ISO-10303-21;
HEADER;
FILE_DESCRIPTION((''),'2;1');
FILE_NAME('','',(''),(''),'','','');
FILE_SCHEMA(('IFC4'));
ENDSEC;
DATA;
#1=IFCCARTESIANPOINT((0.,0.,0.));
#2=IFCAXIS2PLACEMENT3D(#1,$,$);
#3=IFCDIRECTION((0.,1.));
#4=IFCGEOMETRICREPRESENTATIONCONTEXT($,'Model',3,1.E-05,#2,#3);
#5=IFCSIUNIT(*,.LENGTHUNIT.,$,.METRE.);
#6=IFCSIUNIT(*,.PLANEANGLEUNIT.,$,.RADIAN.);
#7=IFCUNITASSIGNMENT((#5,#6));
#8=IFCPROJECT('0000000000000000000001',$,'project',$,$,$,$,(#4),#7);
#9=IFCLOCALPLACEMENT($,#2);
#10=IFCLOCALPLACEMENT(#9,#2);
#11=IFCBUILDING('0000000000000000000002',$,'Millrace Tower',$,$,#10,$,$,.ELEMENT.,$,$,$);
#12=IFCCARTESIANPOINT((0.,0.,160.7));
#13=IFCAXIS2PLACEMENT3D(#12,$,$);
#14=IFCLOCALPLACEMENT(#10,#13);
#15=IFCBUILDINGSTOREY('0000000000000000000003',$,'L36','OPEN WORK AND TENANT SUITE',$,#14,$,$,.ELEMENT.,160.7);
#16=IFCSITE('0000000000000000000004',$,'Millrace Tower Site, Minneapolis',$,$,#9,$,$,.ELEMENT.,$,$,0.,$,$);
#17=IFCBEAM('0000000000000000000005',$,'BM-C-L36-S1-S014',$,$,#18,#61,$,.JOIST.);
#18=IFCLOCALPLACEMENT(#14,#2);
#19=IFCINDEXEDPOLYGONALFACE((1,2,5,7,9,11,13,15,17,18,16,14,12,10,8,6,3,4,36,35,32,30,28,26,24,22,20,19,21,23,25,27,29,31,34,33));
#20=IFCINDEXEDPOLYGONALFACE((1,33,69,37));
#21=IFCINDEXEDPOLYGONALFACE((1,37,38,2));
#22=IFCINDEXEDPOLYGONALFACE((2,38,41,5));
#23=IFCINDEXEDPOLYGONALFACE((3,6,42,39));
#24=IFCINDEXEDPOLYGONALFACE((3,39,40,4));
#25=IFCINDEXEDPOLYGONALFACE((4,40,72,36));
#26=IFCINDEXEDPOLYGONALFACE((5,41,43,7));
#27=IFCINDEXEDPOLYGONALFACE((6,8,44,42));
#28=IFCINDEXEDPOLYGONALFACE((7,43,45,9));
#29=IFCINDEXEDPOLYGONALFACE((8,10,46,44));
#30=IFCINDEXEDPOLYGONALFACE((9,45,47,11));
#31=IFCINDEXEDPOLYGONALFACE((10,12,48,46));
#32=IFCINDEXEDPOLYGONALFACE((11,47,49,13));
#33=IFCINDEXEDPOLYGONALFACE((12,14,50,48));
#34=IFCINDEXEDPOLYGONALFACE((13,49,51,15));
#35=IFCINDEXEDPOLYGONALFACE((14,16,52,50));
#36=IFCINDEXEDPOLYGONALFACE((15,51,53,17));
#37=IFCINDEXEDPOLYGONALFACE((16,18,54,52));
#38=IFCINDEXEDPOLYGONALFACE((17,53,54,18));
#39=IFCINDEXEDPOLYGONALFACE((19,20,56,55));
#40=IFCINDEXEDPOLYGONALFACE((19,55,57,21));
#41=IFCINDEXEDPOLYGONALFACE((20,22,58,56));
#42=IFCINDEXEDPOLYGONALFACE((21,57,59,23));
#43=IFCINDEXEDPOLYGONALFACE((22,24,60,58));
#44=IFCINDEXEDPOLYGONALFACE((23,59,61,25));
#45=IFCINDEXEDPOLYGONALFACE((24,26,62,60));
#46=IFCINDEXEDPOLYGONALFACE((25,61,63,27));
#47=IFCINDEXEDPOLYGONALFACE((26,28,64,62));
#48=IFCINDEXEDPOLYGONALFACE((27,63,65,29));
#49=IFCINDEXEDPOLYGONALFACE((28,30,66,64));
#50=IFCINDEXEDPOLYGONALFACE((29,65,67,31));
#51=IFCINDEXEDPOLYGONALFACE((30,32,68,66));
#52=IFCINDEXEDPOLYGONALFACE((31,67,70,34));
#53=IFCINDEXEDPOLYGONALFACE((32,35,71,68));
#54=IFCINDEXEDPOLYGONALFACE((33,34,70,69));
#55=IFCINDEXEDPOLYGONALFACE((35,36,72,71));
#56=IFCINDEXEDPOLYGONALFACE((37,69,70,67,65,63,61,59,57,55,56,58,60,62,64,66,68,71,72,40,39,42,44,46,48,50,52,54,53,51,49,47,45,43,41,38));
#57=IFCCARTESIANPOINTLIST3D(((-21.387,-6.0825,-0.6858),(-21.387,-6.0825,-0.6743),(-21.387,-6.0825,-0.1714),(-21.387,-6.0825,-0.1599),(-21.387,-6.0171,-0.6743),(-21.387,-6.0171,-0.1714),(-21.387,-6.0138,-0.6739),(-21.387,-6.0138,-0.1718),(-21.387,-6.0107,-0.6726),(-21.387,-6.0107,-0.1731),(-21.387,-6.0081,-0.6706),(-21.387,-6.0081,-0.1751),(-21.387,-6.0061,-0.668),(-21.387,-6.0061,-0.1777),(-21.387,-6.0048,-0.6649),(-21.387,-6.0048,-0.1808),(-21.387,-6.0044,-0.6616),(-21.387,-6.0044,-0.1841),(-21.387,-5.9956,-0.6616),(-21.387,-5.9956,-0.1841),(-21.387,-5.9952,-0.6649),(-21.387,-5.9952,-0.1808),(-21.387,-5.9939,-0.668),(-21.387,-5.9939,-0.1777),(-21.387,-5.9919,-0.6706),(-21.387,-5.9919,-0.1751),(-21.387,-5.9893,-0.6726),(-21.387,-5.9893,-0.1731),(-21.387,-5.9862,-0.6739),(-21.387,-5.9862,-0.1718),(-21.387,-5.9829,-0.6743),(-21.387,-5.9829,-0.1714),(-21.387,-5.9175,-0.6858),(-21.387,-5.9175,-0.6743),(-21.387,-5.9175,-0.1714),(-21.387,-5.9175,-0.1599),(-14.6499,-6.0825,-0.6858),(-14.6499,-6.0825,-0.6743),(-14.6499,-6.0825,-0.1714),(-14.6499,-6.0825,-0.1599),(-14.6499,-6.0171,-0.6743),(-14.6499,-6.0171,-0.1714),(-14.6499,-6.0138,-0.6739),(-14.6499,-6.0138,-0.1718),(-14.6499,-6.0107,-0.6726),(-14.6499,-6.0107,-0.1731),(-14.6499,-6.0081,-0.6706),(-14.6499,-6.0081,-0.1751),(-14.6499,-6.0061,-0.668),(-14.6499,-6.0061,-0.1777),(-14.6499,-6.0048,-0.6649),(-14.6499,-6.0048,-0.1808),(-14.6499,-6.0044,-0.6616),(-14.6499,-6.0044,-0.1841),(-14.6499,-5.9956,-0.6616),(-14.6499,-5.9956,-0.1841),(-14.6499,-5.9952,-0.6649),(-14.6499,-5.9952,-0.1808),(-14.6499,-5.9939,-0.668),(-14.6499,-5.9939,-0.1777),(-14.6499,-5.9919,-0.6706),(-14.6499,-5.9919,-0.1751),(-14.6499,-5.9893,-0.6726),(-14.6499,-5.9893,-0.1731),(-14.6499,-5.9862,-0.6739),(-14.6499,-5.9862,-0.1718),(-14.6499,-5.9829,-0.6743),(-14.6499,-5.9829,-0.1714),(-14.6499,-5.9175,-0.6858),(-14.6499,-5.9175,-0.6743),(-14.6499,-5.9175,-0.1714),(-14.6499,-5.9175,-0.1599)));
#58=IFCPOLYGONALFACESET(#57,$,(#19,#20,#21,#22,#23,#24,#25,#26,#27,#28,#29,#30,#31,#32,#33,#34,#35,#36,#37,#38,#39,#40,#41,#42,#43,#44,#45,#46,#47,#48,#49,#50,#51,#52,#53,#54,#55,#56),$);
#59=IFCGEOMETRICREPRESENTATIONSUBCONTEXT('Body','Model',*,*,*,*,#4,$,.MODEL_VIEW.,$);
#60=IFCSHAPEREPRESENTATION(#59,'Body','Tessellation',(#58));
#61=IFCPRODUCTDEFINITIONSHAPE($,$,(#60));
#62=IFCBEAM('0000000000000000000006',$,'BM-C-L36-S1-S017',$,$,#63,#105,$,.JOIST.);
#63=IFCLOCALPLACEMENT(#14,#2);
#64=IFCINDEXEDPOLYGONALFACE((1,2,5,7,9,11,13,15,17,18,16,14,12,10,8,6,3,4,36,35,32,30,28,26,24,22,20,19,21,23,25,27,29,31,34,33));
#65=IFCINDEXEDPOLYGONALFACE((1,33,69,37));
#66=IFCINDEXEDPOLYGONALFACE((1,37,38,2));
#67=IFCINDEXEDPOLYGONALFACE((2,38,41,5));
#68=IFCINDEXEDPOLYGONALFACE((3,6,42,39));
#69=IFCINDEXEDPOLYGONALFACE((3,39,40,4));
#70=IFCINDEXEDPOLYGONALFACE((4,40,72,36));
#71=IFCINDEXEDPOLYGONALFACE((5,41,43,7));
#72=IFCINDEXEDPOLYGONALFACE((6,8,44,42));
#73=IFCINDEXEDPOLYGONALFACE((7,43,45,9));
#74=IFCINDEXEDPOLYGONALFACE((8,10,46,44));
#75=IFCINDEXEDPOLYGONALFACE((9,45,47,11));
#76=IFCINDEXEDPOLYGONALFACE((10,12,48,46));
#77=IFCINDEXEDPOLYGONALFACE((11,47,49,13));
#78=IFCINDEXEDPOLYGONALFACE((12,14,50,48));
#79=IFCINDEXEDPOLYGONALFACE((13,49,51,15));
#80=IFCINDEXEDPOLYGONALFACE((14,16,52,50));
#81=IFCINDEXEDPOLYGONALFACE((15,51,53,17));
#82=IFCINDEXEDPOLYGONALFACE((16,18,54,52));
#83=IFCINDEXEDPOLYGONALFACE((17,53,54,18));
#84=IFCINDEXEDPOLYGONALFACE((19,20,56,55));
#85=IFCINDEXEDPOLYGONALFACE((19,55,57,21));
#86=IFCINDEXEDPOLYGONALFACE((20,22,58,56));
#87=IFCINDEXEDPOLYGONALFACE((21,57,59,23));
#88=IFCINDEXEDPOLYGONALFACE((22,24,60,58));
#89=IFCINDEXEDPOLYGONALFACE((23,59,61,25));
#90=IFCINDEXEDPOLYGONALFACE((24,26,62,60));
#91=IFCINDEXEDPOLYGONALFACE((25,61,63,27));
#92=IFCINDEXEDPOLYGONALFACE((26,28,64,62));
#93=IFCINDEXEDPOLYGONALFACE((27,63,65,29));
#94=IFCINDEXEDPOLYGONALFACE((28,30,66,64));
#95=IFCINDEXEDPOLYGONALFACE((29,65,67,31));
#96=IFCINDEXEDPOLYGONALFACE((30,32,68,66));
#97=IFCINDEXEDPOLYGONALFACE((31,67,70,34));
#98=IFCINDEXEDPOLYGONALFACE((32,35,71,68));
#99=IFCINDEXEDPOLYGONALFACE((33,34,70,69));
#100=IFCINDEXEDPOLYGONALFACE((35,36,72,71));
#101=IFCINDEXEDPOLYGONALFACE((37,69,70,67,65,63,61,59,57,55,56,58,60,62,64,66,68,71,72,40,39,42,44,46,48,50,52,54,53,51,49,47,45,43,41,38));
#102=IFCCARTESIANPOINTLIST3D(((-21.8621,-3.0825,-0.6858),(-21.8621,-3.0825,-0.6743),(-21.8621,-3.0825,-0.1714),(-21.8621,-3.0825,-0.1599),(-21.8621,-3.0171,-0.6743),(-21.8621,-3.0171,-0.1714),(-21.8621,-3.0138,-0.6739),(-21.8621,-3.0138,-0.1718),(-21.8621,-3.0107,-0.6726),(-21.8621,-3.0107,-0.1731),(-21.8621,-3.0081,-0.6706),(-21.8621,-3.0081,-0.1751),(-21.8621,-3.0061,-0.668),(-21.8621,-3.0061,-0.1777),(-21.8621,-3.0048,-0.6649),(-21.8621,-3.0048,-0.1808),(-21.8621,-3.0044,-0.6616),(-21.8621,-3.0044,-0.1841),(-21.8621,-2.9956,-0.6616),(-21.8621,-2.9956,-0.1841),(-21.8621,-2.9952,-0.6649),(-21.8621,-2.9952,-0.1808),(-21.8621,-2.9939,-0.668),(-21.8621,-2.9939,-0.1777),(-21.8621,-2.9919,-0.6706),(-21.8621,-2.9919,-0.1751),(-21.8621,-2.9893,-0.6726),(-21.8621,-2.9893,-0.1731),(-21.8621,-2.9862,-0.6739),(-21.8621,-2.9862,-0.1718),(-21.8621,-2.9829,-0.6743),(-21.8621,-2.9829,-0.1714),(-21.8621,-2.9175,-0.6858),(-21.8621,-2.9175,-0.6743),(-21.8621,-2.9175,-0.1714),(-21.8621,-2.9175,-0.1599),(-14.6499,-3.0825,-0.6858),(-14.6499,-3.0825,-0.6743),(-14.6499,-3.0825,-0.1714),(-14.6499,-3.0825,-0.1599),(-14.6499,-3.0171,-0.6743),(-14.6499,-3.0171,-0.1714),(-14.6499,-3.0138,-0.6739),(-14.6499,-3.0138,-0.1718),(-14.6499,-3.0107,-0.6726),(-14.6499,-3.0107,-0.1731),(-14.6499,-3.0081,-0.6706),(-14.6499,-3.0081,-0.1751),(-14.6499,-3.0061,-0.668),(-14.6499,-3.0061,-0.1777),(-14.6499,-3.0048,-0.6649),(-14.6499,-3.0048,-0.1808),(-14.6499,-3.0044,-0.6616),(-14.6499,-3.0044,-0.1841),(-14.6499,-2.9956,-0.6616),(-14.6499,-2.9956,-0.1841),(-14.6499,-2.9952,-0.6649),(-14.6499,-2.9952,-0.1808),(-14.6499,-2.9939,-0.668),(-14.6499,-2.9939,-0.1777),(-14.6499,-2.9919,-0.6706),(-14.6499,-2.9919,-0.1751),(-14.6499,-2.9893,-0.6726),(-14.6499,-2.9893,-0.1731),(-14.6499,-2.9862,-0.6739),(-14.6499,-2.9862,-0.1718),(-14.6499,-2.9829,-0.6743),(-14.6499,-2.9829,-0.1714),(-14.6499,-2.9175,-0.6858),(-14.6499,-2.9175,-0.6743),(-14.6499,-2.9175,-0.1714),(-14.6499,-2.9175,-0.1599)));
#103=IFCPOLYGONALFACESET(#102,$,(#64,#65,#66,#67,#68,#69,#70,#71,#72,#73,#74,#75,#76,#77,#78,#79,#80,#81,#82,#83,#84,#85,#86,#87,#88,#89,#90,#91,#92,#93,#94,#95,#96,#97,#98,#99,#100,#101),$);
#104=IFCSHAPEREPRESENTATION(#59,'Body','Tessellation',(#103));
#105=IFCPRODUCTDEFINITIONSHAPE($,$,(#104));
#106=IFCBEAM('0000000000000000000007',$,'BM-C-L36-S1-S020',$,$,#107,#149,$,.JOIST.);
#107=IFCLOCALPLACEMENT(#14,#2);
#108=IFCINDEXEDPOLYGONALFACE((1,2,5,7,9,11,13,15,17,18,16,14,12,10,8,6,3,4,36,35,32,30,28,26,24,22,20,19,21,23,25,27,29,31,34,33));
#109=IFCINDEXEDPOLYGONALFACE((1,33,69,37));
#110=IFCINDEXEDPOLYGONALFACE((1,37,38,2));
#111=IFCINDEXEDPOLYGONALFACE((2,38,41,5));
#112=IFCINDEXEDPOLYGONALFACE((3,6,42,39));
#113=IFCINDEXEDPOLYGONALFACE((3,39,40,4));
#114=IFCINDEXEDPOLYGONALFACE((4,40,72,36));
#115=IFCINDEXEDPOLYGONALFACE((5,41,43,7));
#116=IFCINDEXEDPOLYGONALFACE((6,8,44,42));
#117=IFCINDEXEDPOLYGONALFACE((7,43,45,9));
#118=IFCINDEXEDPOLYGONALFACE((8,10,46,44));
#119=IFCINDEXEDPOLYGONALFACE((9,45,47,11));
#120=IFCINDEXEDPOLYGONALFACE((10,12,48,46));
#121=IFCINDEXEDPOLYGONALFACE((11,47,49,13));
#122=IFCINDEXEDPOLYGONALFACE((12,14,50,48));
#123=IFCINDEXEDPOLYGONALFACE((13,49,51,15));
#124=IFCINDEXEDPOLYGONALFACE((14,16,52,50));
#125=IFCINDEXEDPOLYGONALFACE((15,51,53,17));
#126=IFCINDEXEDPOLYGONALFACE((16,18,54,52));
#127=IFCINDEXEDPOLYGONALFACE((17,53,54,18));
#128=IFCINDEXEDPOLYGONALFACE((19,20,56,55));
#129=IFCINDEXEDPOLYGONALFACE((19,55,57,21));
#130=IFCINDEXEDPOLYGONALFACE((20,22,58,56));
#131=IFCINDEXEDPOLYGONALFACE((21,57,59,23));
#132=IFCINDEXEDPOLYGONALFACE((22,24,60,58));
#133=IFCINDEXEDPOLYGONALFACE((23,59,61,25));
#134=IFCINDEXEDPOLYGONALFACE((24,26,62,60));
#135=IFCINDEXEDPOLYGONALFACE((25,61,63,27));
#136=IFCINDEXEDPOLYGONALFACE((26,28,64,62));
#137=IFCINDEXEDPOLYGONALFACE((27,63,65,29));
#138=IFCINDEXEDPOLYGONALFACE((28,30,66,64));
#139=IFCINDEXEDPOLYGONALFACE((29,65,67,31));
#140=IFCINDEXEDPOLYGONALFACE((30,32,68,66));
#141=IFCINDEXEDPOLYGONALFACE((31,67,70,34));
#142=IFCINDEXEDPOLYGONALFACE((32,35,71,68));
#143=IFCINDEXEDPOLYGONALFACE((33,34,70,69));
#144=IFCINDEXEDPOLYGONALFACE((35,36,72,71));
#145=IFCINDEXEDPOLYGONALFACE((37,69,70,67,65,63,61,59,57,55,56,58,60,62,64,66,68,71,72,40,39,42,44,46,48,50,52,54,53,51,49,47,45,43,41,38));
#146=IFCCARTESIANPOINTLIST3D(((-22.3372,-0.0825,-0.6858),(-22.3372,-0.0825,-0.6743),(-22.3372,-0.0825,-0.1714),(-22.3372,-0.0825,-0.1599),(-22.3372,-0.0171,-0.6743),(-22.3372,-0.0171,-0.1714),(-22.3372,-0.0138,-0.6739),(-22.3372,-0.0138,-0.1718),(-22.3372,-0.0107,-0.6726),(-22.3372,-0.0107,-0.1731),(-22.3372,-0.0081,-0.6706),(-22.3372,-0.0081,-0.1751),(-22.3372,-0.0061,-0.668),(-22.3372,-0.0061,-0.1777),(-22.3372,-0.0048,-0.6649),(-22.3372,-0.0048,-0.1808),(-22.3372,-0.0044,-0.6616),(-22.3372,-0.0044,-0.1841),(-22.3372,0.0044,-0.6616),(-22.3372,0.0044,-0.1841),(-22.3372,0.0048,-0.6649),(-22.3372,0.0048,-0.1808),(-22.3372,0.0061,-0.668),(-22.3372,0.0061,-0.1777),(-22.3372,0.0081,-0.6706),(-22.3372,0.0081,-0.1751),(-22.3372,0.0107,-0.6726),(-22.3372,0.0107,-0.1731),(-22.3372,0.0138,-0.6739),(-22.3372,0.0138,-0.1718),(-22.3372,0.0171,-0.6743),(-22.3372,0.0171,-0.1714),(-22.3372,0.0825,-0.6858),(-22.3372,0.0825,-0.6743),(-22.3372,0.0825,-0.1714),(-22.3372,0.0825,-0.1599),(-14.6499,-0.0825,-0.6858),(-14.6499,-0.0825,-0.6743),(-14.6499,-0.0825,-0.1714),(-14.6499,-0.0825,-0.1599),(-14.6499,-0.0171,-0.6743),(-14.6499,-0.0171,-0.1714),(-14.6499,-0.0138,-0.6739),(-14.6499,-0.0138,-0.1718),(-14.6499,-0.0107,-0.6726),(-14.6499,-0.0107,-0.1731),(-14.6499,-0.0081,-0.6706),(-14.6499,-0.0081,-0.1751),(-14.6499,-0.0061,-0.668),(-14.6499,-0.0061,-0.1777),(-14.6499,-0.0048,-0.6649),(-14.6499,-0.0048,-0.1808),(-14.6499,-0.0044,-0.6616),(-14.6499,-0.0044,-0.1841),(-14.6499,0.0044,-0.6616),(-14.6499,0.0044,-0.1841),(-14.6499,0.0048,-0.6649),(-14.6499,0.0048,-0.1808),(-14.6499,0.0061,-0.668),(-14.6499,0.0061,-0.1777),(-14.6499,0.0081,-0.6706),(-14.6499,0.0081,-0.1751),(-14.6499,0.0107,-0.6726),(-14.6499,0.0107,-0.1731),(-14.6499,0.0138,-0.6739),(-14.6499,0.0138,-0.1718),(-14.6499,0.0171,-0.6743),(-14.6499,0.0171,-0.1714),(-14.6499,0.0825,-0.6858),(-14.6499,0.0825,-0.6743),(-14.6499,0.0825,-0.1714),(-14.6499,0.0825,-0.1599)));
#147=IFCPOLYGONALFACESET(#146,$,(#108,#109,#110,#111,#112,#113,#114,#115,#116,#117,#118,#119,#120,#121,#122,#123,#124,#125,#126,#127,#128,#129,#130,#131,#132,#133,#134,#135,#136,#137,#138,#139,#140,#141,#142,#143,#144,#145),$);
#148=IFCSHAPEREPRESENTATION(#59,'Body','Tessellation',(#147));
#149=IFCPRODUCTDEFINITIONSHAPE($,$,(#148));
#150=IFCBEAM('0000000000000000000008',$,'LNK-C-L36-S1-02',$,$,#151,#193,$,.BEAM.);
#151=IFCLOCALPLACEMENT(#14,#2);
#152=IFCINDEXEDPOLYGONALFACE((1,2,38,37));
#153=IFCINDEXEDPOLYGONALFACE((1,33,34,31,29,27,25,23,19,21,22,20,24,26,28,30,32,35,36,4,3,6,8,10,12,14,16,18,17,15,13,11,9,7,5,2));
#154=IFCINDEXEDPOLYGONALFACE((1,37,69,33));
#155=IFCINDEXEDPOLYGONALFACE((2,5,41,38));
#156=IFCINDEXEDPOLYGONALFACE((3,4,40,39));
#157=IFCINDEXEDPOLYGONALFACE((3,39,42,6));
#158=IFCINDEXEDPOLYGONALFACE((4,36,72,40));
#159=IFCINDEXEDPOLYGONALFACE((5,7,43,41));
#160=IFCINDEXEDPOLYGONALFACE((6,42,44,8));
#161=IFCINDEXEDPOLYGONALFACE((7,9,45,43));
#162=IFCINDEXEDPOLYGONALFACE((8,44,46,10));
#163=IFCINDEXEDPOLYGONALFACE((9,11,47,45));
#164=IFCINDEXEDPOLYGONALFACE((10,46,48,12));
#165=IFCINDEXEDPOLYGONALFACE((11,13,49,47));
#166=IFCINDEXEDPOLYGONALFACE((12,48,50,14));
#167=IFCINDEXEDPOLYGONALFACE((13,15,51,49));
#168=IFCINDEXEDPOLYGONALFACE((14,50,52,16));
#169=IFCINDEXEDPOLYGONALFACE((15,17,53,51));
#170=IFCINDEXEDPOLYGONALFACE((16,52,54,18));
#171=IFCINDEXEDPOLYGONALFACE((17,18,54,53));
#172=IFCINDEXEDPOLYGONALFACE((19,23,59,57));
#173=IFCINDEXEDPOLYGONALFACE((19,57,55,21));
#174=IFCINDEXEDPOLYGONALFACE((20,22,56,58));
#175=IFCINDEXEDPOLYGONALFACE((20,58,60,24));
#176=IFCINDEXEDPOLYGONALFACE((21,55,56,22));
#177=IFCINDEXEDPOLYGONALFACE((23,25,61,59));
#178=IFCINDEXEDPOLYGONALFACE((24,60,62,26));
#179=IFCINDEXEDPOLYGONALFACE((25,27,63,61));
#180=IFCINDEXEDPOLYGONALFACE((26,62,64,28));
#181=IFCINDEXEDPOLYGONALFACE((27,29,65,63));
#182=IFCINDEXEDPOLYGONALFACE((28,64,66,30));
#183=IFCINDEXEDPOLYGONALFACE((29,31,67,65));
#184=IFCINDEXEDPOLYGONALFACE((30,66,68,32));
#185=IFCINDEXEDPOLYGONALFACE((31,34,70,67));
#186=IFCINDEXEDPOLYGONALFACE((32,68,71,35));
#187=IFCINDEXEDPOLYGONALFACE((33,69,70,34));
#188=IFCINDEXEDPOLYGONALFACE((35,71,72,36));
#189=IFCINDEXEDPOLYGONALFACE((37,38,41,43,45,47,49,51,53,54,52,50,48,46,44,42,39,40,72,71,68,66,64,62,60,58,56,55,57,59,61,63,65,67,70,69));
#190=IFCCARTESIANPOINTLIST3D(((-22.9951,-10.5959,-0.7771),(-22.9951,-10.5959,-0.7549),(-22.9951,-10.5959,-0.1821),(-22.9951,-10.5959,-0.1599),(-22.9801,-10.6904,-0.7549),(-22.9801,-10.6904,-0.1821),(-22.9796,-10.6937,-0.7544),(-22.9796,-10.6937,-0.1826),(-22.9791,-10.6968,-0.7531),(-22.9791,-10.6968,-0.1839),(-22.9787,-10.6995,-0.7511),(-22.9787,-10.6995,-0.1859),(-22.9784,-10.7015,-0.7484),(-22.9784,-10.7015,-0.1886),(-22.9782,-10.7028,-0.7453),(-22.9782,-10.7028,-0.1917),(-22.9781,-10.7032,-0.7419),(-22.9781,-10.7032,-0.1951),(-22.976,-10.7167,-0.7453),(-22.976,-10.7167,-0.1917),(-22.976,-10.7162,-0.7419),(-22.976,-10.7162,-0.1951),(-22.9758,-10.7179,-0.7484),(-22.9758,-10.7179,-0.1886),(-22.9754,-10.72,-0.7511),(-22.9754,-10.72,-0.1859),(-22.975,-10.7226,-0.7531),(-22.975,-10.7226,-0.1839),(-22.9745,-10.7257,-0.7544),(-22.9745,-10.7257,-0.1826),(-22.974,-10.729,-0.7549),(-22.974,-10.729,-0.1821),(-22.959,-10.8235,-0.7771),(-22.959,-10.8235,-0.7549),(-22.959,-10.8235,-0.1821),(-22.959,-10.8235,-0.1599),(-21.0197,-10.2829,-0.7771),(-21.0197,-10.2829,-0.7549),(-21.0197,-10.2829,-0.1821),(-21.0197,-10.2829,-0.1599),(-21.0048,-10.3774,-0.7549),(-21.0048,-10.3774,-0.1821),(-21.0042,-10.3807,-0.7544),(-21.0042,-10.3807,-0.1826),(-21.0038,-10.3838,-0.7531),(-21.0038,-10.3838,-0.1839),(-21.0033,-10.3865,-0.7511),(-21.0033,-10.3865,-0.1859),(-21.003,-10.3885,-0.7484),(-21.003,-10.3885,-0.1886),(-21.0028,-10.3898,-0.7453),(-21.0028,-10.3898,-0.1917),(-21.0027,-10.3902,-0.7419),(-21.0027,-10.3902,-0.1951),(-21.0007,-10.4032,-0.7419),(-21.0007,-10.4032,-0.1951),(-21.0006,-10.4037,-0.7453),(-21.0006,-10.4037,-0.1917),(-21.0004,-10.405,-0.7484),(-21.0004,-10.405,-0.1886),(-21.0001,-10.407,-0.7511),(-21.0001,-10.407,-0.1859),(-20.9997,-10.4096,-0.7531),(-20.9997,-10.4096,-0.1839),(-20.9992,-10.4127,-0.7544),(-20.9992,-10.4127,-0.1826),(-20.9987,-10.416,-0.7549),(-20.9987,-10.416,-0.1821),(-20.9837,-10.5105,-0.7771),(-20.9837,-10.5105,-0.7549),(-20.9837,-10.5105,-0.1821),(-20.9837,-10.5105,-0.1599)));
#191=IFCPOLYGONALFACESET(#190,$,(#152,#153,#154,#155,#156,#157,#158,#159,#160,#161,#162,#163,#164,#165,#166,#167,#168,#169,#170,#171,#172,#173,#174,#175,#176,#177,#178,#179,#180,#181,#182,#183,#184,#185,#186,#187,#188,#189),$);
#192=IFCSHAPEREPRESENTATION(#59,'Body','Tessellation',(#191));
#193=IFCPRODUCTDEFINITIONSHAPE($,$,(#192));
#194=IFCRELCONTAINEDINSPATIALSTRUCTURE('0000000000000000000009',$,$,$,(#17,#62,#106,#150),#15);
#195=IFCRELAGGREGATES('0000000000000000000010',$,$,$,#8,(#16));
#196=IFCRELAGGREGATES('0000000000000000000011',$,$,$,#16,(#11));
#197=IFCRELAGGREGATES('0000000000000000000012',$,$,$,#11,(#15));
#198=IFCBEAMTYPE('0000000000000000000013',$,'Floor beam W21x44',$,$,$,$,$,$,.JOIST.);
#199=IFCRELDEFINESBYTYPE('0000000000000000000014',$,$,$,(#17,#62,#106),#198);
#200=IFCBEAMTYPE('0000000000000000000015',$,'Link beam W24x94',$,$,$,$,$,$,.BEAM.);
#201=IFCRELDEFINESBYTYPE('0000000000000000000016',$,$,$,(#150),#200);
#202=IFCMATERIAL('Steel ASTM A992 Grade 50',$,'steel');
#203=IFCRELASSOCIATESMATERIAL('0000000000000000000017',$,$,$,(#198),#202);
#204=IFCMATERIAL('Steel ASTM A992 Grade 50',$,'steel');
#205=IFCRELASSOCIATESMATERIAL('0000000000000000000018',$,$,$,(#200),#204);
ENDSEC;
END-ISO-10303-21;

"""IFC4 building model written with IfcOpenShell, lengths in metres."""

from ifc_helpers import new_model, si_unit, direction, frame, origin, origin_2d, place, context, subcontext, project, spatial, i_section, extrude, material, material_profile, profile_set, type_object, element, save


model = new_model("IFC4")

# Units and contexts
model_context = context("Model", 3, precision=1e-05, world=origin(), true_north=direction((0.0, 1.0)))
body_context = subcontext(model_context, "Body", "Model", "MODEL_VIEW")
ifc_project = project(units=[si_unit("LENGTHUNIT", "METRE"), si_unit("PLANEANGLEUNIT", "RADIAN")], contexts=[model_context])

# Site, building, storey
site_placement = place(None, origin())
site = spatial("IfcSite", under=ifc_project, at=site_placement, Name="Millrace Tower Site, Minneapolis", CompositionType="ELEMENT", RefElevation=0.0)
building_placement = place(site_placement, origin())
building = spatial("IfcBuilding", under=site, at=building_placement, Name="Millrace Tower", CompositionType="ELEMENT")
storey_placement = place(building_placement, frame((0.0, 0.0, 160.7)))
storey = spatial("IfcBuildingStorey", under=building, at=storey_placement, Name="L36", Description="OPEN WORK AND TENANT SUITE", CompositionType="ELEMENT", Elevation=160.7)

# Beams
ifc_material_1 = material(Name="Steel ASTM A992 Grade 50", Category="steel")
ifc_material_profile_1 = material_profile(ifc_material_1, i_section(OverallWidth=0.165, OverallDepth=0.5259, WebThickness=0.0088, FlangeThickness=0.0115, FilletRadius=0.0127, at=origin_2d()))
ifc_profile_set_1 = profile_set([ifc_material_profile_1], Name="Steel ASTM A992 Grade 50")
beam_type_1 = type_object("IfcBeamType", Name="Floor beam W21x44", PredefinedType="JOIST", material=ifc_profile_set_1)
beam_1_placement = place(storey_placement, frame((-21.387, -6.0, -0.4229), z_axis=(1.0, 0.0, 0.0), x_axis=(0.0, 1.0, 0.0)))
element("IfcBeam", 1, at=beam_1_placement, inside=storey, type_object=beam_type_1, Name="BM-C-L36-S1-S014", PredefinedType="JOIST", context=body_context, shape_type="SweptSolid", body=[
    extrude(i_section(OverallWidth=0.165, OverallDepth=0.5259, WebThickness=0.0088, FlangeThickness=0.0115, FilletRadius=0.0127, at=origin_2d()), origin(), (0.0, 0.0, 1.0), 6.7371),
])
beam_2_placement = place(storey_placement, frame((-21.8621, -3.0, -0.4229), z_axis=(1.0, 0.0, 0.0), x_axis=(0.0, 1.0, 0.0)))
element("IfcBeam", 2, at=beam_2_placement, inside=storey, type_object=beam_type_1, Name="BM-C-L36-S1-S017", PredefinedType="JOIST", context=body_context, shape_type="SweptSolid", body=[
    extrude(i_section(OverallWidth=0.165, OverallDepth=0.5259, WebThickness=0.0088, FlangeThickness=0.0115, FilletRadius=0.0127, at=origin_2d()), origin(), (0.0, 0.0, 1.0), 7.2122),
])
beam_3_placement = place(storey_placement, frame((-22.3372, 0.0, -0.4229), z_axis=(1.0, 0.0, 0.0), x_axis=(0.0, 1.0, 0.0)))
element("IfcBeam", 3, at=beam_3_placement, inside=storey, type_object=beam_type_1, Name="BM-C-L36-S1-S020", PredefinedType="JOIST", context=body_context, shape_type="SweptSolid", body=[
    extrude(i_section(OverallWidth=0.165, OverallDepth=0.5259, WebThickness=0.0088, FlangeThickness=0.0115, FilletRadius=0.0127, at=origin_2d()), origin(), (0.0, 0.0, 1.0), 7.6873),
])
ifc_material_2 = material(Name="Steel ASTM A992 Grade 50", Category="steel")
ifc_material_profile_2 = material_profile(ifc_material_2, i_section(OverallWidth=0.2305, OverallDepth=0.6172, WebThickness=0.0132, FlangeThickness=0.0222, FilletRadius=0.0129, at=origin_2d()))
ifc_profile_set_2 = profile_set([ifc_material_profile_2], Name="Steel ASTM A992 Grade 50")
beam_type_2 = type_object("IfcBeamType", Name="Link beam W24x94", PredefinedType="BEAM", material=ifc_profile_set_2)
beam_4_placement = place(storey_placement, frame((-21.0017, -10.3967, -0.4685), z_axis=(-0.987679, -0.156495, 0.0), x_axis=(0.156495, -0.987679, 0.0)))
element("IfcBeam", 4, at=beam_4_placement, inside=storey, type_object=beam_type_2, Name="LNK-C-L36-S1-02", PredefinedType="BEAM", context=body_context, shape_type="SweptSolid", body=[
    extrude(i_section(OverallWidth=0.2305, OverallDepth=0.6172, WebThickness=0.0132, FlangeThickness=0.0222, FilletRadius=0.0129, at=origin_2d()), origin(), (0.0, 0.0, 1.0), 2.0),
])

save(model, "model.ifc")
